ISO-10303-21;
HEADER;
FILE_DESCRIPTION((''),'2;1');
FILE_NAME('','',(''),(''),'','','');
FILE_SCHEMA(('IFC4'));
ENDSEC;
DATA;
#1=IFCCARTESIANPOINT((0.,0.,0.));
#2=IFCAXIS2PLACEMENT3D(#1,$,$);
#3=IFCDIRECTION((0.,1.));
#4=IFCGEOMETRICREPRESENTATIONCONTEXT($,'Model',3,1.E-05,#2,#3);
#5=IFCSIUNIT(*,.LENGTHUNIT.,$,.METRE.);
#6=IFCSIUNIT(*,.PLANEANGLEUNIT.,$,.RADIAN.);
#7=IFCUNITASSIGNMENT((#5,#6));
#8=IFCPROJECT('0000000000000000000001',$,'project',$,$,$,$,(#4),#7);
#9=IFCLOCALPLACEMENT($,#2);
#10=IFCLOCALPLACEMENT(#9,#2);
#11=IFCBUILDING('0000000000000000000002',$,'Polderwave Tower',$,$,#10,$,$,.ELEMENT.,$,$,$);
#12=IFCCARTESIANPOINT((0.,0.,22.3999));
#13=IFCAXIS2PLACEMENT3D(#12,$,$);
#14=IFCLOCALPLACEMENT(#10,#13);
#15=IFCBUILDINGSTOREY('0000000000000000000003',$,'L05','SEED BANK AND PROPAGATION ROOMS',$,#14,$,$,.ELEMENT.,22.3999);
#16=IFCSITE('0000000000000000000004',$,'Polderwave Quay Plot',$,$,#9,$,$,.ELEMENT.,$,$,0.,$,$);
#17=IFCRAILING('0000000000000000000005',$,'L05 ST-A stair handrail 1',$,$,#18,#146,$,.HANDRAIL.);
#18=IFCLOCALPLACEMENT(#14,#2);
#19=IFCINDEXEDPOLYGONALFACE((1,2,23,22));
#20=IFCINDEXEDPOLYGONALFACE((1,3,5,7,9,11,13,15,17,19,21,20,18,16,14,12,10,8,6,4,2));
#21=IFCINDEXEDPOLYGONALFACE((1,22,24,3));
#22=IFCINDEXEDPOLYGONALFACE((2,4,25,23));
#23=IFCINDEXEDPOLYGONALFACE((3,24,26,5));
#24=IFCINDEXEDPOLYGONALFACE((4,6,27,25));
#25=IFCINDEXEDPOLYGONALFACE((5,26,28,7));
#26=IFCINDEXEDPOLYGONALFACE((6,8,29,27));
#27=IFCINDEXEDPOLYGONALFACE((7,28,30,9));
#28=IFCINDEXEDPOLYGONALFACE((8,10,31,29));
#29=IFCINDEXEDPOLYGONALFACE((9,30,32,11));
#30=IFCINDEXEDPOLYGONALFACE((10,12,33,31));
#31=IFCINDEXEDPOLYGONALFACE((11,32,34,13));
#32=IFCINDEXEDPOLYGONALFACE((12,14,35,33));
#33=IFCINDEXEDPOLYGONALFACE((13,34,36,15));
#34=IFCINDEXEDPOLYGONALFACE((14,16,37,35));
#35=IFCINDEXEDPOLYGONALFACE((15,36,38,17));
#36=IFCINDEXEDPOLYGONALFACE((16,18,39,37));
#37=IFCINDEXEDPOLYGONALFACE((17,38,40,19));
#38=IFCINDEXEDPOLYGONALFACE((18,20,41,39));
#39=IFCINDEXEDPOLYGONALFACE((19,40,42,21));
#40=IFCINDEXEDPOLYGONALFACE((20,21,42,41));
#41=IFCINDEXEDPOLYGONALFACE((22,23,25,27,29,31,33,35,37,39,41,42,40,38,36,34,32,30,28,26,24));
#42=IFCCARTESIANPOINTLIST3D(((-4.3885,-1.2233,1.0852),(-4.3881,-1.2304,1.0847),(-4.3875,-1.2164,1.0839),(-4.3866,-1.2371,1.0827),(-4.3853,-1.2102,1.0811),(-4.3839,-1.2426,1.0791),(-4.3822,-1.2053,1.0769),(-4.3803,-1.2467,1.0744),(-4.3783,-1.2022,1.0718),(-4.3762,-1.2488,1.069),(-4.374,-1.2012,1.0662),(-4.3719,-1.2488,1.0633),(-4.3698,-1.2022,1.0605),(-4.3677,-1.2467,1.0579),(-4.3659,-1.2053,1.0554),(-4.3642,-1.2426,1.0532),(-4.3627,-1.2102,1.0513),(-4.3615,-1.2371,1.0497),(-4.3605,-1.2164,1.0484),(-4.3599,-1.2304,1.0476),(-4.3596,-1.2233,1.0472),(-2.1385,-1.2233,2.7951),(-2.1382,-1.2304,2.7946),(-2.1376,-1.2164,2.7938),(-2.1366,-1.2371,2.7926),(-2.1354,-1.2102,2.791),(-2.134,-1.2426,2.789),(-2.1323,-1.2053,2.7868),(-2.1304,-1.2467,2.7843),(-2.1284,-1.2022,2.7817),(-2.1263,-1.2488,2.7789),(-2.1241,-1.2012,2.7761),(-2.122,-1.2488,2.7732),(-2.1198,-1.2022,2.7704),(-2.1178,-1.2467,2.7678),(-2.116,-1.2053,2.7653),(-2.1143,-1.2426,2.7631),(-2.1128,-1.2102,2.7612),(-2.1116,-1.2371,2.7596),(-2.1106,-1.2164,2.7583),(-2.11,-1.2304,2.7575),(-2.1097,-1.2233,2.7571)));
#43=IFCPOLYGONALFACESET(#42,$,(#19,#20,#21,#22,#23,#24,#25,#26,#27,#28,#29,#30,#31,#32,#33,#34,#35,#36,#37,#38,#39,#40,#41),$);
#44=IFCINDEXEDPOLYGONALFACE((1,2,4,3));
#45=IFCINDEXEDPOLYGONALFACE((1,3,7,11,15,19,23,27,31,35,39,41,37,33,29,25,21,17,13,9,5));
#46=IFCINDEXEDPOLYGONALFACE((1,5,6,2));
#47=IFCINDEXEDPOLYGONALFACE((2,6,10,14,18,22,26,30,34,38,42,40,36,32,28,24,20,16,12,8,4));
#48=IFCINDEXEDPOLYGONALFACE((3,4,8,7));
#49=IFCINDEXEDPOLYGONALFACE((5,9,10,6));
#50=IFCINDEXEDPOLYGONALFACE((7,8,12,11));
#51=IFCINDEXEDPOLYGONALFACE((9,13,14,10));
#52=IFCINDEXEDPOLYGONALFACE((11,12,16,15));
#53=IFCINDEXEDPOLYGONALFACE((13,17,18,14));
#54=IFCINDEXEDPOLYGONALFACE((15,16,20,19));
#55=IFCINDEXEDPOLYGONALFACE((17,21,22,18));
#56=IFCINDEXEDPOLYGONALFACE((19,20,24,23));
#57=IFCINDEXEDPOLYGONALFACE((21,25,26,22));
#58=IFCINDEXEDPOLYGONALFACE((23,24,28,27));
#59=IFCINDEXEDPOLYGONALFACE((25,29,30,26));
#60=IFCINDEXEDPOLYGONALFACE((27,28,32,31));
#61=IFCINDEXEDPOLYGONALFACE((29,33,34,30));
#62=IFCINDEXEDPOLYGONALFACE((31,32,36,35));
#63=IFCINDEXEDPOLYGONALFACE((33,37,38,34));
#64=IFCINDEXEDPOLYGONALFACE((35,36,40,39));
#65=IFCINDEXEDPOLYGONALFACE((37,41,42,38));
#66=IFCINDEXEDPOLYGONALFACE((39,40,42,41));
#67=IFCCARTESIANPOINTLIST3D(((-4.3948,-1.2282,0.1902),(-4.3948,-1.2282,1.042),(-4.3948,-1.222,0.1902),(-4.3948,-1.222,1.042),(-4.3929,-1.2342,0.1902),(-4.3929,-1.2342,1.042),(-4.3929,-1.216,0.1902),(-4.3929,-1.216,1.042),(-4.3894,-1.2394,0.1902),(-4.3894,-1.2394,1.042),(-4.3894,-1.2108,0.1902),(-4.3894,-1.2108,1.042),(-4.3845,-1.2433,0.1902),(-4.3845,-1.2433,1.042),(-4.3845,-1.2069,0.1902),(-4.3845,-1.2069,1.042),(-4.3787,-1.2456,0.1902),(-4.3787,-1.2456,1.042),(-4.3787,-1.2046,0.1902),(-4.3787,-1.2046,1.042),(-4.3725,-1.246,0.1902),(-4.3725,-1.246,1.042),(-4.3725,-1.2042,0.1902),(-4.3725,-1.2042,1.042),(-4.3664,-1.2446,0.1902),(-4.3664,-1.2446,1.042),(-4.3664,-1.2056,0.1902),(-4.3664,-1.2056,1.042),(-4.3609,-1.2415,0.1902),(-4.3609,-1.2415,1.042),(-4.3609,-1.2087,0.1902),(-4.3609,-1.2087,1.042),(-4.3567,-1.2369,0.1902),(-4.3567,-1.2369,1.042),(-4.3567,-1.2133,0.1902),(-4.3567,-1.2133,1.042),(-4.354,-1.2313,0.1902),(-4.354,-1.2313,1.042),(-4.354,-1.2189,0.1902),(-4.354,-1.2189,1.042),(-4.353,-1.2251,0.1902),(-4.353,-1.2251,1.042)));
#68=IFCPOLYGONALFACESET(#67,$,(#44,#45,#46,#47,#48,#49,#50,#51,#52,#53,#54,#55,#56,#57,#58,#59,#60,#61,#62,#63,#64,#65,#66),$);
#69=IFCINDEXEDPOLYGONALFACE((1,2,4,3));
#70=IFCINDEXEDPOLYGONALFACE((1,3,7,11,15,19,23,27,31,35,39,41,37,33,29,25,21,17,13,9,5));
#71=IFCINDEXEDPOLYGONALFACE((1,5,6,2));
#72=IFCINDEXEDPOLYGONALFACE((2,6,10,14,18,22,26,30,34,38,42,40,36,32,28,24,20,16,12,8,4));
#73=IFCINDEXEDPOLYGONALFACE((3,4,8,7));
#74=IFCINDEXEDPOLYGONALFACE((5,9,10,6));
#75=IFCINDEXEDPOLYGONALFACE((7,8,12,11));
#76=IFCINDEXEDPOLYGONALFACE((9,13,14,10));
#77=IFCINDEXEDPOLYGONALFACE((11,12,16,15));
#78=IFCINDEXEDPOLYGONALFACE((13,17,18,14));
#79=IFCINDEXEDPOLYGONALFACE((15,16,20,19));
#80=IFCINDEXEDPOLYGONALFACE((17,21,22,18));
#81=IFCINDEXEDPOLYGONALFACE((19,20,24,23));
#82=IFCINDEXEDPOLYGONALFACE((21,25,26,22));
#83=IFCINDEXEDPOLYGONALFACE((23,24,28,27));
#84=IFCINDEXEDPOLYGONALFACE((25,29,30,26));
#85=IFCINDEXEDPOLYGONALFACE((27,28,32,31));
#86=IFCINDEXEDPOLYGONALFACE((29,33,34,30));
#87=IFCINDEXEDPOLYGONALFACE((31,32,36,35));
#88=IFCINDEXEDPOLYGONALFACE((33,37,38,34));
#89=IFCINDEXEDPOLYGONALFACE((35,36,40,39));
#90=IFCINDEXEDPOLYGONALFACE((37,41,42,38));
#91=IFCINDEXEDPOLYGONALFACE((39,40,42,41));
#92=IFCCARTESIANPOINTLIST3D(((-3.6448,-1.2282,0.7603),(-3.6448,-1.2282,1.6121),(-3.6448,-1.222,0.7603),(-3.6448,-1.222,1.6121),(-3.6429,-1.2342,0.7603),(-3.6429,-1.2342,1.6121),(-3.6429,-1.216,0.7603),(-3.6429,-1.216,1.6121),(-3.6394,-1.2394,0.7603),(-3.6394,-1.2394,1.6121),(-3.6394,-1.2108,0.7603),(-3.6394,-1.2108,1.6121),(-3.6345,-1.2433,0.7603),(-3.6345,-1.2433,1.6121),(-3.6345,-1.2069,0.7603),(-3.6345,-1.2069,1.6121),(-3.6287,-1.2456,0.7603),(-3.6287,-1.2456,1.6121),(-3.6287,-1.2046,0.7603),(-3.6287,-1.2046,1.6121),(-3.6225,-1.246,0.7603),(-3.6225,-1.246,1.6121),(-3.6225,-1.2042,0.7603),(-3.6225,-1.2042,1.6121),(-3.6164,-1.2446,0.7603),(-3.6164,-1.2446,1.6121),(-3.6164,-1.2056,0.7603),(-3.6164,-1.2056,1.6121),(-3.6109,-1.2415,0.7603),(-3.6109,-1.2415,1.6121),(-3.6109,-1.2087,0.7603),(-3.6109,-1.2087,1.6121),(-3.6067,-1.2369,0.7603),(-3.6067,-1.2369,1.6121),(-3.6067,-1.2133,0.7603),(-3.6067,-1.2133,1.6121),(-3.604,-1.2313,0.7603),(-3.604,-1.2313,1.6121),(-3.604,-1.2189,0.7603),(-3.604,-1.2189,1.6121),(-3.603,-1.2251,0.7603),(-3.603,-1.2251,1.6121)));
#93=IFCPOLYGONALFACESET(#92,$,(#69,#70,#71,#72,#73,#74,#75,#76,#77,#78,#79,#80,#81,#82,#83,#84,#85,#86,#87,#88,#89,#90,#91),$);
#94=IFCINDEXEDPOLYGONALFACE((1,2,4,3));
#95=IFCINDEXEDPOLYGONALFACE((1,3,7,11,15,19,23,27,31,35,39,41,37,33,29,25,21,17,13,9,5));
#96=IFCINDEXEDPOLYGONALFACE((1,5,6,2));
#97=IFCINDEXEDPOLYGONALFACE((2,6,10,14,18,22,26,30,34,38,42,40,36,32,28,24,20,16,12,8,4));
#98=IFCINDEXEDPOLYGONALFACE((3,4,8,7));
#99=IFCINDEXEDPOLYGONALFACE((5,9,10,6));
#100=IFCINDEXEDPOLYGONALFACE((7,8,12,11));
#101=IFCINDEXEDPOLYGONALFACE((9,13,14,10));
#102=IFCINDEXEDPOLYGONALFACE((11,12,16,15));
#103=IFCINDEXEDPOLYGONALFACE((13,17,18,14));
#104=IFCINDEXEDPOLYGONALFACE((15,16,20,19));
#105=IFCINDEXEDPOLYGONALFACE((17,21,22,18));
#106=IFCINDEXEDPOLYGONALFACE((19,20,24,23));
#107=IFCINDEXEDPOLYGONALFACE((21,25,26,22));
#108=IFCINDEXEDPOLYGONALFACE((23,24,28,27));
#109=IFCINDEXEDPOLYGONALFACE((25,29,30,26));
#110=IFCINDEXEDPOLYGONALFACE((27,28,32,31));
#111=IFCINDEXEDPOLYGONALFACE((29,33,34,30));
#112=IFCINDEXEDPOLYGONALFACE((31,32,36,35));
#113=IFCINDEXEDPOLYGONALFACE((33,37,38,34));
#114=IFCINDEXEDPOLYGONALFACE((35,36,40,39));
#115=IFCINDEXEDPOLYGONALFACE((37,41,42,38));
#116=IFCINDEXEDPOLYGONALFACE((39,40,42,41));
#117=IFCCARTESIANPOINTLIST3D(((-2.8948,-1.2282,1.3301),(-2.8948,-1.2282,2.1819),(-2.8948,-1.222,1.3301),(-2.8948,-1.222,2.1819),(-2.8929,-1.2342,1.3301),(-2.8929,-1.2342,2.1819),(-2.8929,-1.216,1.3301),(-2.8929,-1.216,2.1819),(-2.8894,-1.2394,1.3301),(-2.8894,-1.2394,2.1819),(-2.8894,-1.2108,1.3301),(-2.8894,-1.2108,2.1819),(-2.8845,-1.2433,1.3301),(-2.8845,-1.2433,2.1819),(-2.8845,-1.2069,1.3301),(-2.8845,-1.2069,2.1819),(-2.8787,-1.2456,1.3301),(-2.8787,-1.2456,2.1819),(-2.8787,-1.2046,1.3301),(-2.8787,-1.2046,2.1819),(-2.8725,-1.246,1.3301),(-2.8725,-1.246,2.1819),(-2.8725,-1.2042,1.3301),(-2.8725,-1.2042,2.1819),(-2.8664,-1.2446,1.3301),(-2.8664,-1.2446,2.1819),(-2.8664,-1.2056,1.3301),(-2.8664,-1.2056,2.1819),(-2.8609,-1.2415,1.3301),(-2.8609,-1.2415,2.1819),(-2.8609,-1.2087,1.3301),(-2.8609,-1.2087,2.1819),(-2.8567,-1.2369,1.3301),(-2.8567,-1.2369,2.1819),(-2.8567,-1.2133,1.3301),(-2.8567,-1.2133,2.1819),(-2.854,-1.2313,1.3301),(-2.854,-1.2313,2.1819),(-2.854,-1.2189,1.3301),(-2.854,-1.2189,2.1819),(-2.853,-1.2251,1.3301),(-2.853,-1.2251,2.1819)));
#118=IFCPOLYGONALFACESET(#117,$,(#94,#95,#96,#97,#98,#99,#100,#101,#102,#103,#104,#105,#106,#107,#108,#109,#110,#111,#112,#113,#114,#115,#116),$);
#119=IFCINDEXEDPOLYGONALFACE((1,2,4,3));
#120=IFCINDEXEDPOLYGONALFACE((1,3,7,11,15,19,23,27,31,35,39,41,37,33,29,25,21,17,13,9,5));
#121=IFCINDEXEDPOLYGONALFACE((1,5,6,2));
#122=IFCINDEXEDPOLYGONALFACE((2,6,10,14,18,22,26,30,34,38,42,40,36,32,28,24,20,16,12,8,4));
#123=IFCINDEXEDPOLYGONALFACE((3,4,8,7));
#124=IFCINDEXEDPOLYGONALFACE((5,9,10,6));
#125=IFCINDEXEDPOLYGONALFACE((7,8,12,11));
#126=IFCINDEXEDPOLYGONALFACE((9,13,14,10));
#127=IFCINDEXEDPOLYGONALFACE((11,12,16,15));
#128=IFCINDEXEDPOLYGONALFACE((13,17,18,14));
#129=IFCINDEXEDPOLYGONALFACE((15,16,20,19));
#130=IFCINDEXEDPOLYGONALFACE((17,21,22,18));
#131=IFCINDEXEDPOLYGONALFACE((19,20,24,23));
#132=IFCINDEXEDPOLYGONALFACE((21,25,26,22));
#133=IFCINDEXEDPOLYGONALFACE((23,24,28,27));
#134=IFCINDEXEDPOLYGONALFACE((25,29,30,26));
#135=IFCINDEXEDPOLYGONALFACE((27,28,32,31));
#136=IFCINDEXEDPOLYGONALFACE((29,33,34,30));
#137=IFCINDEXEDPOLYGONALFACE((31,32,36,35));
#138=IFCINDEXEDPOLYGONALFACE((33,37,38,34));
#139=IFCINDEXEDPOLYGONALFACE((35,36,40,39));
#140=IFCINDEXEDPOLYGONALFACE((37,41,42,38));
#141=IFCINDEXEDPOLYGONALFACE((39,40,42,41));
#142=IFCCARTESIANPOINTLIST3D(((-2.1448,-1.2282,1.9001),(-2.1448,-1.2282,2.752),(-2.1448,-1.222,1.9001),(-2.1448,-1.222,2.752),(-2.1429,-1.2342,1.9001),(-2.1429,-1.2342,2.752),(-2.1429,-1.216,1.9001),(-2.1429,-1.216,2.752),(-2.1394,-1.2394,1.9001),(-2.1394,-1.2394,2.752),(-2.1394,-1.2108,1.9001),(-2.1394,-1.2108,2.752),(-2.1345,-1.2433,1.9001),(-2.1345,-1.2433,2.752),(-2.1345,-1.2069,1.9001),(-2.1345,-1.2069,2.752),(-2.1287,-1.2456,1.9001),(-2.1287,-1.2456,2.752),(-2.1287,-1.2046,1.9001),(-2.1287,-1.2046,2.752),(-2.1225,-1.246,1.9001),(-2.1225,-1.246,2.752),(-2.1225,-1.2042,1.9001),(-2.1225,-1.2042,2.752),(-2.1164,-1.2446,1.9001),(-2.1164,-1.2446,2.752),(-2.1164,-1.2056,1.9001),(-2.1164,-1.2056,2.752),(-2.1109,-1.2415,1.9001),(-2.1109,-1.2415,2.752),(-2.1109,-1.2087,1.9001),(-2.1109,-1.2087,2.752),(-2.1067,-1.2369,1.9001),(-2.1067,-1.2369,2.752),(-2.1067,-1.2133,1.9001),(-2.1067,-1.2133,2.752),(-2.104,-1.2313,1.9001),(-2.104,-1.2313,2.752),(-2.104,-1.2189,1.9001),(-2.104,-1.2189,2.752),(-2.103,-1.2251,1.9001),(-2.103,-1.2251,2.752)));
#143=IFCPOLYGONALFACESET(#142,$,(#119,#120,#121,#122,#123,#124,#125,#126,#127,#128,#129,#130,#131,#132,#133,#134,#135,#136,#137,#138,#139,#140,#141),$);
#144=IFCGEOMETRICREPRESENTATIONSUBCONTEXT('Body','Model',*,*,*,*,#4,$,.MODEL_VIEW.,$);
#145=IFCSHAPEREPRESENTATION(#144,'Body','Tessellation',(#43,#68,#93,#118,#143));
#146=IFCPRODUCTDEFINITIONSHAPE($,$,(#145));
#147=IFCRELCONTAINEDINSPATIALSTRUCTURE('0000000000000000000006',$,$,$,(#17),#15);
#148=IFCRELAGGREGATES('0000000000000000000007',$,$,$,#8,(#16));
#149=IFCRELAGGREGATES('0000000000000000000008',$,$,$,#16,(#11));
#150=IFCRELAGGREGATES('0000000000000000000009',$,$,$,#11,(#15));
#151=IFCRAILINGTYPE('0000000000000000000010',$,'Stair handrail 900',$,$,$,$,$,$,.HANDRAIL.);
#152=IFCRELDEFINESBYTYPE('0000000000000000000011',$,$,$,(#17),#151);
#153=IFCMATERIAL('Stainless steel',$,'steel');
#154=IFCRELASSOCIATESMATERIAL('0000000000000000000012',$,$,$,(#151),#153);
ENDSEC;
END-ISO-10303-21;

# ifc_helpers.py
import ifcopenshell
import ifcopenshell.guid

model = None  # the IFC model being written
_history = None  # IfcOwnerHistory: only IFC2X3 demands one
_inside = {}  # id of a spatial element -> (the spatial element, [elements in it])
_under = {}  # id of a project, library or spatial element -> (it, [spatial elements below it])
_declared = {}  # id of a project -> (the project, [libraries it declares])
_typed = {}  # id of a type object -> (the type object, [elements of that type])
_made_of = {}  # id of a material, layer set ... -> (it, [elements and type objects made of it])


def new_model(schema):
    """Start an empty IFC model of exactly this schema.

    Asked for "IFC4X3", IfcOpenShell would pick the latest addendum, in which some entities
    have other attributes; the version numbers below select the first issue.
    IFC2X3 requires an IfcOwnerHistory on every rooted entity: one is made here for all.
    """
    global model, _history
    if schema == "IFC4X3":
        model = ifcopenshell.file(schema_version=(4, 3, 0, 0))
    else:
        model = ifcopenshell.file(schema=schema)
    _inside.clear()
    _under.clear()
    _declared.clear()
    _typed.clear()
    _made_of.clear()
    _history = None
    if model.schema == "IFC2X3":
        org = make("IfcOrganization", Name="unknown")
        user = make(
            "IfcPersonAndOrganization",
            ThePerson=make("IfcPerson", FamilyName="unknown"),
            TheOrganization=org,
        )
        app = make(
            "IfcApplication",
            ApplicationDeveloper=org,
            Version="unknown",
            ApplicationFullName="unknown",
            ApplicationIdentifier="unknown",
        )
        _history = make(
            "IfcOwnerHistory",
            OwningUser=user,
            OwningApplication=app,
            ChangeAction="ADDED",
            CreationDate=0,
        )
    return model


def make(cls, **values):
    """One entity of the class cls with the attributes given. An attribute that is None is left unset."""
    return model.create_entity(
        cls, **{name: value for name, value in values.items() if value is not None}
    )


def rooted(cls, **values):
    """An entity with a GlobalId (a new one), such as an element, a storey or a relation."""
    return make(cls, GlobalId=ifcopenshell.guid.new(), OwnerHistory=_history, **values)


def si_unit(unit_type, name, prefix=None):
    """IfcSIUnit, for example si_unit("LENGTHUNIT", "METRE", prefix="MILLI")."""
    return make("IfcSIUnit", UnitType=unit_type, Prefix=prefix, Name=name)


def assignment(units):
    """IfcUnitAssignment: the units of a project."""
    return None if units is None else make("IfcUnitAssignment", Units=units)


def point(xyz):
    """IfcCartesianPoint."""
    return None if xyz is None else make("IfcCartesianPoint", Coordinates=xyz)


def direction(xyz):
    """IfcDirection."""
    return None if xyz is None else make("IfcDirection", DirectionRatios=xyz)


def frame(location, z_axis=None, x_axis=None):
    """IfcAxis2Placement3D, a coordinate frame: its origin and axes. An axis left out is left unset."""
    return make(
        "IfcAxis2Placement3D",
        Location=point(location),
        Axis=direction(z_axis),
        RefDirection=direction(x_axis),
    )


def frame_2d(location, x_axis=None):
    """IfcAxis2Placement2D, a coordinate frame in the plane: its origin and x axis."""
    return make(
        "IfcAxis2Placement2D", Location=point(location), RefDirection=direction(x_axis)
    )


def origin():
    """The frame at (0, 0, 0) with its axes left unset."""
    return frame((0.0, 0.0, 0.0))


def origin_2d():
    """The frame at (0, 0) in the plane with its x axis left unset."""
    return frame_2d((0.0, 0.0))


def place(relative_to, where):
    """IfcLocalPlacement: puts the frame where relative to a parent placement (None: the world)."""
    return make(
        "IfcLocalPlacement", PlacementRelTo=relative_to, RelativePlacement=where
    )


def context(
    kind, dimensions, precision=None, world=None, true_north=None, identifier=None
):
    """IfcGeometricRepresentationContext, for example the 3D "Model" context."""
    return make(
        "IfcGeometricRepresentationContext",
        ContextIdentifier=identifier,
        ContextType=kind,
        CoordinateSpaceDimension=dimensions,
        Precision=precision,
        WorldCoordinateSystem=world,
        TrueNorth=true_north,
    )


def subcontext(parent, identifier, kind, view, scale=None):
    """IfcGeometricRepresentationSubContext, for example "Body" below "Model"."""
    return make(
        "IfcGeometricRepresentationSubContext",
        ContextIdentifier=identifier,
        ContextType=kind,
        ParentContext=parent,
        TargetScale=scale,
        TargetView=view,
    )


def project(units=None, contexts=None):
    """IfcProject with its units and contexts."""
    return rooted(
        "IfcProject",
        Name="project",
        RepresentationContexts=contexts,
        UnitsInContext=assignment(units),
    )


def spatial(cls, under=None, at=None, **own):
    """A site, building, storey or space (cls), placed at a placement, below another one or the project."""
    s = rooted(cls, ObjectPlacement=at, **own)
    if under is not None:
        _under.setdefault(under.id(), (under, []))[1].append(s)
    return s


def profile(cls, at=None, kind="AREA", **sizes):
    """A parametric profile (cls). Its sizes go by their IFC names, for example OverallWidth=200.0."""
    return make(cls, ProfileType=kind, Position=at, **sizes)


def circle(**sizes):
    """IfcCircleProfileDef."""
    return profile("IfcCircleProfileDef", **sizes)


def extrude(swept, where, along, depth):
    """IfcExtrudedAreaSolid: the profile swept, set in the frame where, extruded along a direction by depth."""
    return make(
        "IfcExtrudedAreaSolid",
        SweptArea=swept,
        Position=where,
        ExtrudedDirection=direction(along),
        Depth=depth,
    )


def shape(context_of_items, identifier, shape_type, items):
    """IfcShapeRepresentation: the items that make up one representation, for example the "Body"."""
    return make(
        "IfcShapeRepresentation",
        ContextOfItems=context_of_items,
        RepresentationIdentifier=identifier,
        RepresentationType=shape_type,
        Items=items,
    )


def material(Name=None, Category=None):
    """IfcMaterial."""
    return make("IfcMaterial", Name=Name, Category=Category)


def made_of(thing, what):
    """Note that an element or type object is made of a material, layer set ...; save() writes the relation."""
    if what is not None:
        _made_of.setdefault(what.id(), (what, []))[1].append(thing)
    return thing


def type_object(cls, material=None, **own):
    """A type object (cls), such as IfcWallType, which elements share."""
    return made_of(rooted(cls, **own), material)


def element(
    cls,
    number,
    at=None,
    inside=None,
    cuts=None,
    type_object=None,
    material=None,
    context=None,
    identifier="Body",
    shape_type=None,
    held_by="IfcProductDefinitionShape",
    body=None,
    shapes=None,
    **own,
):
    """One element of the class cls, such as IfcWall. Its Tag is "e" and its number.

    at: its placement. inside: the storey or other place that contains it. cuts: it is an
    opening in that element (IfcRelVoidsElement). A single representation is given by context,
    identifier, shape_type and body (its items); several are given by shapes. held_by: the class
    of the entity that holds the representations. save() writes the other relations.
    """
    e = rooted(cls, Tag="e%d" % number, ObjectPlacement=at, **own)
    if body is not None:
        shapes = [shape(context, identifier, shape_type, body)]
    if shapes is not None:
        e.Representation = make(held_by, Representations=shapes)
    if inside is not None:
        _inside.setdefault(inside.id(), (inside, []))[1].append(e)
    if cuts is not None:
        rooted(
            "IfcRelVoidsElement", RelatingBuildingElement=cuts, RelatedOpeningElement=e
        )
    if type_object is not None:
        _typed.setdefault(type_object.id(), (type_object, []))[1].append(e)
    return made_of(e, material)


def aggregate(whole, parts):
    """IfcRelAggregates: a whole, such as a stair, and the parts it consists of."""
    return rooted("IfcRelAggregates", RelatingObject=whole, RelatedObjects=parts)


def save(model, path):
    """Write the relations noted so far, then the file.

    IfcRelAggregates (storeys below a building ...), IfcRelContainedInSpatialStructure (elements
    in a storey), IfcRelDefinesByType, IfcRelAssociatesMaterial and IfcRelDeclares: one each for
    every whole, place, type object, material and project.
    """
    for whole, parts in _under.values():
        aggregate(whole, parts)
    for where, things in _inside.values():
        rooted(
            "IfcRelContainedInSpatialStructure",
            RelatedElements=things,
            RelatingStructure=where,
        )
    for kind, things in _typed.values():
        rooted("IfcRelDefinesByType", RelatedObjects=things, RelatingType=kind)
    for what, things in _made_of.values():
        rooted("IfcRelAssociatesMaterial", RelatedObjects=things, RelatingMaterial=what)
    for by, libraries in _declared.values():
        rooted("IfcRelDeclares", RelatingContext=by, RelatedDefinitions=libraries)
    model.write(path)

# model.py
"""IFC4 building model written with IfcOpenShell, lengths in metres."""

from ifc_helpers import new_model, si_unit, direction, frame, origin, origin_2d, place, context, subcontext, project, spatial, circle, extrude, material, type_object, element, save


model = new_model("IFC4")

# Units and contexts
model_context = context("Model", 3, precision=1e-05, world=origin(), true_north=direction((0.0, 1.0)))
body_context = subcontext(model_context, "Body", "Model", "MODEL_VIEW")
ifc_project = project(units=[si_unit("LENGTHUNIT", "METRE"), si_unit("PLANEANGLEUNIT", "RADIAN")], contexts=[model_context])

# Site, building, storey
site_placement = place(None, origin())
site = spatial("IfcSite", under=ifc_project, at=site_placement, Name="Polderwave Quay Plot", CompositionType="ELEMENT", RefElevation=0.0)
building_placement = place(site_placement, origin())
building = spatial("IfcBuilding", under=site, at=building_placement, Name="Polderwave Tower", CompositionType="ELEMENT")
storey_placement = place(building_placement, frame((0.0, 0.0, 22.3999)))
storey = spatial("IfcBuildingStorey", under=building, at=storey_placement, Name="L05", Description="SEED BANK AND PROPAGATION ROOMS", CompositionType="ELEMENT", Elevation=22.3999)

# Shared definitions
ifc_material_1 = material(Name="Stainless steel", Category="steel")

# Railing
railing_type_1 = type_object("IfcRailingType", Name="Stair handrail 900", PredefinedType="HANDRAIL", material=ifc_material_1)
railing_1_placement = place(storey_placement, frame((-4.374, -1.2251, 0.1902)))
element("IfcRailing", 1, at=railing_1_placement, inside=storey, type_object=railing_type_1, Name="L05 ST-A stair handrail 1", PredefinedType="HANDRAIL", context=body_context, shape_type="SweptSolid", body=[
    extrude(circle(Radius=0.0239, at=origin_2d()), frame((0.0, 0.0, 0.876), z_axis=(0.796169, 0.0, 0.605075), x_axis=(0.0, 1.0, 0.0)), (0.0, 0.0, 1.0), 2.8259),
    extrude(circle(Radius=0.021, at=origin_2d()), origin(), (0.0, 0.0, 1.0), 0.8518),
    extrude(circle(Radius=0.021, at=origin_2d()), frame((0.75, 0.0, 0.5701)), (0.0, 0.0, 1.0), 0.8518),
    extrude(circle(Radius=0.021, at=origin_2d()), frame((1.5, 0.0, 1.1399)), (0.0, 0.0, 1.0), 0.8518),
    extrude(circle(Radius=0.021, at=origin_2d()), frame((2.25, 0.0, 1.71)), (0.0, 0.0, 1.0), 0.8518),
])

save(model, "model.ifc")
